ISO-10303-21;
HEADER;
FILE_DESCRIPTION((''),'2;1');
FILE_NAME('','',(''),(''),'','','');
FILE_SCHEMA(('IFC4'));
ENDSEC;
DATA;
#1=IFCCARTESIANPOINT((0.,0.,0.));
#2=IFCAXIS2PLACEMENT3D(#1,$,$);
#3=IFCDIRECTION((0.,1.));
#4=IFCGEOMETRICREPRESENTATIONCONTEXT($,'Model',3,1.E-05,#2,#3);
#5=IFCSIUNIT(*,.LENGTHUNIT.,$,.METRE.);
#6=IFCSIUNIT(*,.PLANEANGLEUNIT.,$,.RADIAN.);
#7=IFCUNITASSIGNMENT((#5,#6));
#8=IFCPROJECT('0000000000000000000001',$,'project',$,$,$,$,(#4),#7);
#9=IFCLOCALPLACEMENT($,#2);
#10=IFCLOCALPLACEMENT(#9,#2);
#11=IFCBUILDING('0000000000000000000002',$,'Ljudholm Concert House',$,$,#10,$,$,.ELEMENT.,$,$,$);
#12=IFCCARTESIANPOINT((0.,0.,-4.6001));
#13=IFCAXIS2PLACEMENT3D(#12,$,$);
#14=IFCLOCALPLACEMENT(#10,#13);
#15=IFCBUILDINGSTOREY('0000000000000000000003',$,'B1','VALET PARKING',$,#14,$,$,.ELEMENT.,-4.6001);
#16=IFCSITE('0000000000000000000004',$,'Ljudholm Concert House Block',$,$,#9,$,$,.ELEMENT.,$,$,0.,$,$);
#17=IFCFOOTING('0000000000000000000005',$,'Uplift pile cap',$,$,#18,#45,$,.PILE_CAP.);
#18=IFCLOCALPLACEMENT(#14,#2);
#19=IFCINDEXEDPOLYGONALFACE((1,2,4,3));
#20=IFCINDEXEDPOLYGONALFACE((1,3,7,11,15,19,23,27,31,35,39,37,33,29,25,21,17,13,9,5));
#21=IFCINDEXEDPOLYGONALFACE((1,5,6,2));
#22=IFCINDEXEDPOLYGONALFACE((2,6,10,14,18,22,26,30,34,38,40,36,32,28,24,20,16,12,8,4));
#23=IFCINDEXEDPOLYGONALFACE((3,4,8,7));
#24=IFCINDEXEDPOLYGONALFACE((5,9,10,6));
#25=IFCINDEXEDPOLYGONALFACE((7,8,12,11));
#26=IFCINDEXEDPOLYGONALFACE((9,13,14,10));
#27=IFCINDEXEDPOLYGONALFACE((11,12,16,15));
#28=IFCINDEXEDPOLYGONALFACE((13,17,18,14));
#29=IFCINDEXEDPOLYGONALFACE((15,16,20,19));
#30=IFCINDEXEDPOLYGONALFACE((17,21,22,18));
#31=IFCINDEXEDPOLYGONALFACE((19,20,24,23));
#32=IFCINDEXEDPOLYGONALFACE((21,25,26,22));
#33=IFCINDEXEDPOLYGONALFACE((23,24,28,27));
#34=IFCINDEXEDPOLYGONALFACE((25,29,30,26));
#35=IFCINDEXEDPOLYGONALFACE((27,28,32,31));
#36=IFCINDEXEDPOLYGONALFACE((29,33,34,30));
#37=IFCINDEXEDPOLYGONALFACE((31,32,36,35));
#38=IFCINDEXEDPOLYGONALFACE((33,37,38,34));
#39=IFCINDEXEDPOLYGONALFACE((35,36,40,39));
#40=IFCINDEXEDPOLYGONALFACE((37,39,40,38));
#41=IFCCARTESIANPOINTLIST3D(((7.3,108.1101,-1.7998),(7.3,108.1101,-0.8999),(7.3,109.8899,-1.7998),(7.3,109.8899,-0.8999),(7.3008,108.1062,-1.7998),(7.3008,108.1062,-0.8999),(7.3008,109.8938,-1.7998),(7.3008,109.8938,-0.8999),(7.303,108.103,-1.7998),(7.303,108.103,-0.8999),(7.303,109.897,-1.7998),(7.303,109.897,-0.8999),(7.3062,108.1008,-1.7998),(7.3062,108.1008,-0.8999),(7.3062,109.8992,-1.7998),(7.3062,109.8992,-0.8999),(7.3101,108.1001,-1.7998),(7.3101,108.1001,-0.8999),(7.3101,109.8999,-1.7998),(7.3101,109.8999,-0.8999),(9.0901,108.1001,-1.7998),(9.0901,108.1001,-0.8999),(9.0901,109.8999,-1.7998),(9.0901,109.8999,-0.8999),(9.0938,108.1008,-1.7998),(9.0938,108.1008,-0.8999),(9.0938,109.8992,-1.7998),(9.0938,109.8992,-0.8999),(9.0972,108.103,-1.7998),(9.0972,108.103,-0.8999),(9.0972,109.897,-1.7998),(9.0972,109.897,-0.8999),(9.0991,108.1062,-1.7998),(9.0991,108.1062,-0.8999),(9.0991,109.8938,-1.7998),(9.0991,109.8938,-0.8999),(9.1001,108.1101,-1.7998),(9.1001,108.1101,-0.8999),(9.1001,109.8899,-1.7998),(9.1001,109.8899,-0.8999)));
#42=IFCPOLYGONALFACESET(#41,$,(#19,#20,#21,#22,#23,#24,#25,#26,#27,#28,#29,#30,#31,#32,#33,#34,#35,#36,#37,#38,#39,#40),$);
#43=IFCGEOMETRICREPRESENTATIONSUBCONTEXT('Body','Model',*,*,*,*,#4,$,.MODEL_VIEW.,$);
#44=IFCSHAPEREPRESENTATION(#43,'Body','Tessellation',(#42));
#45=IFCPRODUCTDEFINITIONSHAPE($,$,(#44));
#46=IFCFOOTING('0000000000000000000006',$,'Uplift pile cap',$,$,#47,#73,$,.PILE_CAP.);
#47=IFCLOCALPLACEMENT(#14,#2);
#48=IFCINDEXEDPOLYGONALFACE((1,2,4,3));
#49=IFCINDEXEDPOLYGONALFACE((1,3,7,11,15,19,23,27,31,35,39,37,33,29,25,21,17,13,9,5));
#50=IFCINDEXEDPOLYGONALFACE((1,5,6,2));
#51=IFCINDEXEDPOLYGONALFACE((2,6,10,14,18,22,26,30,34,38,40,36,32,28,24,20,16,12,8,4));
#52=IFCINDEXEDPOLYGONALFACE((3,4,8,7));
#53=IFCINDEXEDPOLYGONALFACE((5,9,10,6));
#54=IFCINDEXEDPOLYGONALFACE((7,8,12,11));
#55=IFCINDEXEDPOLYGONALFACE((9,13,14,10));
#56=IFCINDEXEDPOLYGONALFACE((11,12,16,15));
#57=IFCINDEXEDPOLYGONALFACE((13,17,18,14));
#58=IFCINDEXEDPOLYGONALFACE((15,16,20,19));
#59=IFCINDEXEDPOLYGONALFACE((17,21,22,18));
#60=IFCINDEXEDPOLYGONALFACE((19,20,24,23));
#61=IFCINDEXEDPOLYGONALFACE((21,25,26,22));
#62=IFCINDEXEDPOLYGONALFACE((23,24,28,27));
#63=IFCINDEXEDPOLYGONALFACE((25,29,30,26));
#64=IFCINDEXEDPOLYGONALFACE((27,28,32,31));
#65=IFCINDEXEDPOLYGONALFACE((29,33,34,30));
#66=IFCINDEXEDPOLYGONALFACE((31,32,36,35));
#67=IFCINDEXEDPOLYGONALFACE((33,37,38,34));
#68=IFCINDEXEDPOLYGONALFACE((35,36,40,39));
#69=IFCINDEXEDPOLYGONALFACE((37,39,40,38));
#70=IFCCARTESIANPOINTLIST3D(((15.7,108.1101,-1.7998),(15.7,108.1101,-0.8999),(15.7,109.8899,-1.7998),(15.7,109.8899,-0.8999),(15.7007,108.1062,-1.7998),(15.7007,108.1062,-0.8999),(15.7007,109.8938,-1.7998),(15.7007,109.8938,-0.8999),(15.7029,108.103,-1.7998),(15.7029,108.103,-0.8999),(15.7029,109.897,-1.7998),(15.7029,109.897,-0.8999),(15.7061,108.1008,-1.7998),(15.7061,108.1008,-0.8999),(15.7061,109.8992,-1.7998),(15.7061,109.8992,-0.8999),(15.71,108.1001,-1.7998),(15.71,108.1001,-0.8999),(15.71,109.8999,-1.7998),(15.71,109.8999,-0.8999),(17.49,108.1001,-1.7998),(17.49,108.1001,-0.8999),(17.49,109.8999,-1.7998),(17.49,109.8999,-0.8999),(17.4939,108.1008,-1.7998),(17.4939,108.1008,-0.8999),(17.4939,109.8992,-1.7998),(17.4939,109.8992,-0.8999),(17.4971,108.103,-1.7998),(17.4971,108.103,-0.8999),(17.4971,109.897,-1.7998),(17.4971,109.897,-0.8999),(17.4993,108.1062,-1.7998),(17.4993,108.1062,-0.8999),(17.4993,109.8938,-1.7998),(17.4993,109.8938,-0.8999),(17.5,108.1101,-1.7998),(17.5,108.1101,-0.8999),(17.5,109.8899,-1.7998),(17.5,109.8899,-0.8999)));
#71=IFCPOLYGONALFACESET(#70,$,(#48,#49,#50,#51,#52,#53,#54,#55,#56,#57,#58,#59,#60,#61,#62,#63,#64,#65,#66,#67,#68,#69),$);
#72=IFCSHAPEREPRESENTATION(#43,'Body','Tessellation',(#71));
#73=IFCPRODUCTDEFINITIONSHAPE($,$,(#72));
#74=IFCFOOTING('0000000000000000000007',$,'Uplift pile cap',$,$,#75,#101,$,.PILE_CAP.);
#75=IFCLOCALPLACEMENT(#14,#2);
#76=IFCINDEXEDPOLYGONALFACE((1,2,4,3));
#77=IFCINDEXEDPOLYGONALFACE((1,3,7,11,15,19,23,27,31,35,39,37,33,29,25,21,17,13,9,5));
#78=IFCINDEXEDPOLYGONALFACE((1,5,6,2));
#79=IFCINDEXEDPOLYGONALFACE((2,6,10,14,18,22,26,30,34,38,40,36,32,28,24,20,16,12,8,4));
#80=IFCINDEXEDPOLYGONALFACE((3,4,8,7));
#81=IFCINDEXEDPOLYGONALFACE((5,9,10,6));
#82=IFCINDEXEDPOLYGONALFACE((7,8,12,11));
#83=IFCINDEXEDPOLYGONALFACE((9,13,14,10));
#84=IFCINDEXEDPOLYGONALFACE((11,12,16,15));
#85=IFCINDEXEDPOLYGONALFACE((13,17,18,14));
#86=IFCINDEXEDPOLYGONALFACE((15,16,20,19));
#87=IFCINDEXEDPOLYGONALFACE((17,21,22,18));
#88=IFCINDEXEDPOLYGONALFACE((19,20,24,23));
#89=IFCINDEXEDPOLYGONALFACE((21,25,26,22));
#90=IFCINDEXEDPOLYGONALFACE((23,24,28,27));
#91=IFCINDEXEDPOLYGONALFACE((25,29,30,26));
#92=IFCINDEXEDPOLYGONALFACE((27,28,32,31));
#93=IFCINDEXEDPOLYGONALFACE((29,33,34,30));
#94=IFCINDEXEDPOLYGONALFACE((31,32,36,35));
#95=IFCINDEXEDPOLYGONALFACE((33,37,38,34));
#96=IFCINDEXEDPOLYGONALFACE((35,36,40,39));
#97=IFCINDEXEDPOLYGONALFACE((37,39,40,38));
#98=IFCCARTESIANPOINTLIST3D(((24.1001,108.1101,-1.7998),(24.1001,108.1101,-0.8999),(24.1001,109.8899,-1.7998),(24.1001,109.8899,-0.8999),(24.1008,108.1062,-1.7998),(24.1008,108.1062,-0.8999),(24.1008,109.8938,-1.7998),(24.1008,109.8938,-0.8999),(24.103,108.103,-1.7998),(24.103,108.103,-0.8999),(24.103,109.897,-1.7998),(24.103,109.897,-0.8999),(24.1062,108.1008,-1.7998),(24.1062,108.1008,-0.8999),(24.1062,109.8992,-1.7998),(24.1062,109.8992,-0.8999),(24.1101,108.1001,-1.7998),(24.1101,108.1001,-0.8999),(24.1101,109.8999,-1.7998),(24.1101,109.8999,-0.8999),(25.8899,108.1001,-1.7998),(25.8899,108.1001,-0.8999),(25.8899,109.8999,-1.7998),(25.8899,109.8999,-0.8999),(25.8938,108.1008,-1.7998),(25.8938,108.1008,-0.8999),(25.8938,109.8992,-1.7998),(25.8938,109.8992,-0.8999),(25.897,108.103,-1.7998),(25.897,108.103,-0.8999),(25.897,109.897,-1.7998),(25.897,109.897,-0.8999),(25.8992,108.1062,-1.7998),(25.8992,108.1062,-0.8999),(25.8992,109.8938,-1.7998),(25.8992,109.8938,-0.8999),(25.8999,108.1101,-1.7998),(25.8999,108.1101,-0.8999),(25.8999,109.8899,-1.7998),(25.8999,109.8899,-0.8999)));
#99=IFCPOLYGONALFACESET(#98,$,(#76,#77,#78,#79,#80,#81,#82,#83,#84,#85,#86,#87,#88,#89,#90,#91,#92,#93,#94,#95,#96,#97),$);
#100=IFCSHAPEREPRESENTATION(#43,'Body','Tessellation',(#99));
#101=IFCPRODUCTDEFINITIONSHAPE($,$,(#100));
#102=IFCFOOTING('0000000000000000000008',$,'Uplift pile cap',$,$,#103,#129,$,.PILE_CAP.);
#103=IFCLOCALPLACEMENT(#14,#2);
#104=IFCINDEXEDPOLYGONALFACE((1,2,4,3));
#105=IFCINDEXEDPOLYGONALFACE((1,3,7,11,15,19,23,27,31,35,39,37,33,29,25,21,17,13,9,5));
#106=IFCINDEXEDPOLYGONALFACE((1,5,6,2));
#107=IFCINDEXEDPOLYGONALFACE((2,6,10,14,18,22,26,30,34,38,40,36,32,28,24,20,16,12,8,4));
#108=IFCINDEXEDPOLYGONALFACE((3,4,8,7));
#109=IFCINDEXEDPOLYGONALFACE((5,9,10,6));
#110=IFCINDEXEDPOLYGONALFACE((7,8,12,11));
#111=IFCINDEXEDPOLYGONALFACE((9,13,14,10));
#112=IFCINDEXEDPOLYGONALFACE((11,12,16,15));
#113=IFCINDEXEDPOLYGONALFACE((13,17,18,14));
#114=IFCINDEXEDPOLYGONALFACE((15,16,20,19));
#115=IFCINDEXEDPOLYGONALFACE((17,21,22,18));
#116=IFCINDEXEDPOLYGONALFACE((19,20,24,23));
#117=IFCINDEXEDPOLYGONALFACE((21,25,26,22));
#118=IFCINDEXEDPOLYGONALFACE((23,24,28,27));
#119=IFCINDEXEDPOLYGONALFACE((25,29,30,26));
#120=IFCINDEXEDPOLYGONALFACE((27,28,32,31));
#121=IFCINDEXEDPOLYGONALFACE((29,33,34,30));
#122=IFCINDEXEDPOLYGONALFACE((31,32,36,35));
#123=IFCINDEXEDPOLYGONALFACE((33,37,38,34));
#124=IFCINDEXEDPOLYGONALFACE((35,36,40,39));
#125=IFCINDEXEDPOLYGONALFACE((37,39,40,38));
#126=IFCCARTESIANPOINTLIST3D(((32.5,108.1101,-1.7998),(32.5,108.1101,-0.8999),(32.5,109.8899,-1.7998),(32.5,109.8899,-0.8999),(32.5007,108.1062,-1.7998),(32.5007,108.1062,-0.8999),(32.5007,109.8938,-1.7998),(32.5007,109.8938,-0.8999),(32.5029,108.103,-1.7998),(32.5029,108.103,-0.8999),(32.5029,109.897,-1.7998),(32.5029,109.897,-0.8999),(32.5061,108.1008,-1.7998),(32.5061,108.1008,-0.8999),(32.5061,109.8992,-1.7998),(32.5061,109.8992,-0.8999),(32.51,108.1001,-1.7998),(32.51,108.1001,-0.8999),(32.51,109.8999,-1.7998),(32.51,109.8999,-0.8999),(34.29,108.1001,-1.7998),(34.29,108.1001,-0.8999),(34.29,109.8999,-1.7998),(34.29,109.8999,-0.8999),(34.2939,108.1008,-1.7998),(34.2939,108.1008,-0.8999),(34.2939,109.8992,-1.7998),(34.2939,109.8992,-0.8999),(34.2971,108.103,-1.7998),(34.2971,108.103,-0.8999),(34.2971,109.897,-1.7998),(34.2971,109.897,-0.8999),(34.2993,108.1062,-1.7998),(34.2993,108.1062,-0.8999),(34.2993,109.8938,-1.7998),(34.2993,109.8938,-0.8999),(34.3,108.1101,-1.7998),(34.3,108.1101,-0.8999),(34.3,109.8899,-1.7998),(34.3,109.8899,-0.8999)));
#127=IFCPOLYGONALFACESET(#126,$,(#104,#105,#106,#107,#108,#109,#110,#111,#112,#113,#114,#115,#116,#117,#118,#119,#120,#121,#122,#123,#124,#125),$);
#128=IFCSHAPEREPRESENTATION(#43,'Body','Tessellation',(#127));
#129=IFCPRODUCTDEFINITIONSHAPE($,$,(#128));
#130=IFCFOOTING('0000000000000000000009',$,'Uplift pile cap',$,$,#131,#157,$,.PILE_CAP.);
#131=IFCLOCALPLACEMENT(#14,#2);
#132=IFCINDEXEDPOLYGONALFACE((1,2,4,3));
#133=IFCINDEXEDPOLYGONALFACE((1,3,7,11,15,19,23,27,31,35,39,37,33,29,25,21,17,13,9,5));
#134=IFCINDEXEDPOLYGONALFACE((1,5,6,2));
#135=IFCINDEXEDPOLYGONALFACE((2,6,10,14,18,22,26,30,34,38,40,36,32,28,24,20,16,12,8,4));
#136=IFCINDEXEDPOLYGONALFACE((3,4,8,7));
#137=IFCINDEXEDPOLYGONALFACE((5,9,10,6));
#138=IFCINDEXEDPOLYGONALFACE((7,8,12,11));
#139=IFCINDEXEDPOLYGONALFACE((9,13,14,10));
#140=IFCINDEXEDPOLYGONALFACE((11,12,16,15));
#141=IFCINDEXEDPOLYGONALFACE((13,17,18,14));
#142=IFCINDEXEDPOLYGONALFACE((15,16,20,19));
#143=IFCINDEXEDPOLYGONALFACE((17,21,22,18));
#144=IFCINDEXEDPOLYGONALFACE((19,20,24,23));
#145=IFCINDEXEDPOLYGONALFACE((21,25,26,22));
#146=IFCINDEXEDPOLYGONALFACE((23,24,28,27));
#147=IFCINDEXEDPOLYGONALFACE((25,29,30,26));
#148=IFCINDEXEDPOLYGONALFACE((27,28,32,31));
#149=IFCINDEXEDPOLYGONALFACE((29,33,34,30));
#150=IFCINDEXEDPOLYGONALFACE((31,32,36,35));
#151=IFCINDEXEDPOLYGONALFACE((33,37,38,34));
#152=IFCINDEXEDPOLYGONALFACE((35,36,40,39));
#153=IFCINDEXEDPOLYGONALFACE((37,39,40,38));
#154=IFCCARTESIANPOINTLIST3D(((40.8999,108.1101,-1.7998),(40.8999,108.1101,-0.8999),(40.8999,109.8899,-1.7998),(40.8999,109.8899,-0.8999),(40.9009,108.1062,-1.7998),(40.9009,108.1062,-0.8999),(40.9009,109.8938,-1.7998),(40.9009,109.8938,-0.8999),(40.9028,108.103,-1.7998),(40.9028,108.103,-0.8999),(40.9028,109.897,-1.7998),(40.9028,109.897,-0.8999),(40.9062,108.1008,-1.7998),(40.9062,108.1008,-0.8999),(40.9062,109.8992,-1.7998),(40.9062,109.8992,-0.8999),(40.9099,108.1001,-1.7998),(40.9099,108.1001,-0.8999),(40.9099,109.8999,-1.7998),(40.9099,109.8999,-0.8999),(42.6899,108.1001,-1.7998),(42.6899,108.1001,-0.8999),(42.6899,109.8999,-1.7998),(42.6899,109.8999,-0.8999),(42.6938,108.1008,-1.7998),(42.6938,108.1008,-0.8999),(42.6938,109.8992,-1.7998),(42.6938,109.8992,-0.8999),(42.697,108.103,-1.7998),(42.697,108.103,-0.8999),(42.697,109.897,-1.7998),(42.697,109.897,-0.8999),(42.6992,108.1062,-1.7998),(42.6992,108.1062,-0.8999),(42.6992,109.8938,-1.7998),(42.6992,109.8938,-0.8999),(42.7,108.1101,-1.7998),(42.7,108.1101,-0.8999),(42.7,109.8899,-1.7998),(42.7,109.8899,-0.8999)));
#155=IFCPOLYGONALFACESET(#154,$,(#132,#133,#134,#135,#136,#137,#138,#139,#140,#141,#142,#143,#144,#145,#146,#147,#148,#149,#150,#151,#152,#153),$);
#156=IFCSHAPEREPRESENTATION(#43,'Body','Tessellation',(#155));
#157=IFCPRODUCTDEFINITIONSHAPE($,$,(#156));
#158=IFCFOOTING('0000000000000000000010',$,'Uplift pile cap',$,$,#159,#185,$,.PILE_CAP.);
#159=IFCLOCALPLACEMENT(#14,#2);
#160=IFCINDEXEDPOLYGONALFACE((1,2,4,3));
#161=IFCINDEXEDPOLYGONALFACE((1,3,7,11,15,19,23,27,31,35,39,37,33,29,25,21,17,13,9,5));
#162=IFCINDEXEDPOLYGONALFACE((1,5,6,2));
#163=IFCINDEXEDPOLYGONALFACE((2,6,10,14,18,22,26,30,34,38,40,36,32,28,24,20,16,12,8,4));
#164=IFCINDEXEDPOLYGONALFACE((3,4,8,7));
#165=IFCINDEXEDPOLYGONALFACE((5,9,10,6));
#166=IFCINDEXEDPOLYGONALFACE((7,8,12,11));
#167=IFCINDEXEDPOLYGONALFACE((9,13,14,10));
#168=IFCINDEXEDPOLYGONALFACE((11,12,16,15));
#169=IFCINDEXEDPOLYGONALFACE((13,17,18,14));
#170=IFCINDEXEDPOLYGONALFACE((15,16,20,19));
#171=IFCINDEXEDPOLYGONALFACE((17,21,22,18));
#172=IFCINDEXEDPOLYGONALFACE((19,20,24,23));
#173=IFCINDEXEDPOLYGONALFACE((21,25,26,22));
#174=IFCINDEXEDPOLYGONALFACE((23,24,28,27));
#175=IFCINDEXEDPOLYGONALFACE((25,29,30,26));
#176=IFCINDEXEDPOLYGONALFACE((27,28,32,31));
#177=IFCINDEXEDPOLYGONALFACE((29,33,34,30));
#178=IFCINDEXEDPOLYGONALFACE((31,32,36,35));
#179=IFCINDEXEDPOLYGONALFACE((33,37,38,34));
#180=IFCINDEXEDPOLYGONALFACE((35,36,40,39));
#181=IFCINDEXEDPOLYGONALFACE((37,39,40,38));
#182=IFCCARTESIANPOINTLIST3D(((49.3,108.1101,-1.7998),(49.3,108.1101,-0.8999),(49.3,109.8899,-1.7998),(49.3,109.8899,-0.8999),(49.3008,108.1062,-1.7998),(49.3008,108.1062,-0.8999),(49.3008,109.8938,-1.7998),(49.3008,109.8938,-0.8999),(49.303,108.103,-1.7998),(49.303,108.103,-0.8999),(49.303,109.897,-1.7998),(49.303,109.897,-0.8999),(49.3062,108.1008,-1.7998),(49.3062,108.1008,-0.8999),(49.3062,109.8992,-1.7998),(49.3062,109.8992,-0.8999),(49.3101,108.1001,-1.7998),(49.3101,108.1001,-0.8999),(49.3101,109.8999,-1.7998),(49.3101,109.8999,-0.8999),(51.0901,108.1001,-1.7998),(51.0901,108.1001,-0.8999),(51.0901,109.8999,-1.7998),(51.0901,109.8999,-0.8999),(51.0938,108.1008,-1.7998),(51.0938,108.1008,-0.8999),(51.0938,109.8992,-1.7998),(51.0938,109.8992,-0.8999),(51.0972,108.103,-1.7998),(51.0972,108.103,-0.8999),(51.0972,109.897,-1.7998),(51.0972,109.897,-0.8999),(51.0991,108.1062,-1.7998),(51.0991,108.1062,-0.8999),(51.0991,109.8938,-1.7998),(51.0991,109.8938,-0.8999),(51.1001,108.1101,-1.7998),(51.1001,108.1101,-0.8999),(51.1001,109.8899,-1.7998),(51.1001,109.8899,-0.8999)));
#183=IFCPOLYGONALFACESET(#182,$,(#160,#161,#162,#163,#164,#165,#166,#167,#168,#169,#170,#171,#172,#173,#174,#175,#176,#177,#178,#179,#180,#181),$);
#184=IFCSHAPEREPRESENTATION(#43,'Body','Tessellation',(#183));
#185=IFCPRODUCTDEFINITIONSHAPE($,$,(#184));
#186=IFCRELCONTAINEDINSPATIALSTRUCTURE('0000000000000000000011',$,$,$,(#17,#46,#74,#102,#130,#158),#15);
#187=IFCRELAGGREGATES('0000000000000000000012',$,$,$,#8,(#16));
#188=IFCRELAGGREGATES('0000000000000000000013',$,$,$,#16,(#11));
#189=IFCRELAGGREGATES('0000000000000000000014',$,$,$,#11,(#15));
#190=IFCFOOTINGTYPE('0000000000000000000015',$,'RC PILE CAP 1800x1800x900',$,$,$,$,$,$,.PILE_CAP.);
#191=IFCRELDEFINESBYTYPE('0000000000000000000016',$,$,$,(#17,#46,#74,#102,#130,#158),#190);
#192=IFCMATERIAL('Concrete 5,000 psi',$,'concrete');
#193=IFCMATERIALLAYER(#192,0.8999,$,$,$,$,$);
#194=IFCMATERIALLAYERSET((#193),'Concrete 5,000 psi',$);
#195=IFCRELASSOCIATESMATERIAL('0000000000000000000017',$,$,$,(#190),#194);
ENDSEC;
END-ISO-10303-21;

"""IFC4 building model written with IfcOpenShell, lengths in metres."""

from ifc_helpers import new_model, si_unit, direction, frame, origin, place, context, subcontext, project, spatial, polyline, outline, extrude, material, layer, layer_set, type_object, element, save


model = new_model("IFC4")

# Units and contexts
model_context = context("Model", 3, precision=1e-05, world=origin(), true_north=direction((0.0, 1.0)))
body_context = subcontext(model_context, "Body", "Model", "MODEL_VIEW")
ifc_project = project(units=[si_unit("LENGTHUNIT", "METRE"), si_unit("PLANEANGLEUNIT", "RADIAN")], contexts=[model_context])

# Site, building, storey
site_placement = place(None, origin())
site = spatial("IfcSite", under=ifc_project, at=site_placement, Name="Ljudholm Concert House Block", CompositionType="ELEMENT", RefElevation=0.0)
building_placement = place(site_placement, origin())
building = spatial("IfcBuilding", under=site, at=building_placement, Name="Ljudholm Concert House", CompositionType="ELEMENT")
storey_placement = place(building_placement, frame((0.0, 0.0, -4.6001)))
storey = spatial("IfcBuildingStorey", under=building, at=storey_placement, Name="B1", Description="VALET PARKING", CompositionType="ELEMENT", Elevation=-4.6001)

# Footings
ifc_material_1 = material(Name="Concrete 5,000 psi", Category="concrete")
ifc_layer_1 = layer(ifc_material_1, 0.8999)
ifc_layer_set_1 = layer_set([ifc_layer_1], Name="Concrete 5,000 psi")
footing_type_1 = type_object("IfcFootingType", Name="RC PILE CAP 1800x1800x900", PredefinedType="PILE_CAP", material=ifc_layer_set_1)
footing_1_placement = place(storey_placement, frame((0.0, 0.0, -1.7998)))
element("IfcFooting", 1, at=footing_1_placement, inside=storey, type_object=footing_type_1, Name="Uplift pile cap", PredefinedType="PILE_CAP", context=body_context, shape_type="SweptSolid", body=[
    extrude(outline(polyline([(7.3101, 108.1001), (9.0901, 108.1001), (9.0938, 108.1008), (9.0972, 108.103), (9.0991, 108.1062), (9.1001, 108.1101), (9.1001, 109.8899), (9.0991, 109.8938), (9.0972, 109.897), (9.0938, 109.8992), (9.0901, 109.8999), (7.3101, 109.8999), (7.3062, 109.8992), (7.303, 109.897), (7.3008, 109.8938), (7.3, 109.8899), (7.3, 108.1101), (7.3008, 108.1062), (7.303, 108.103), (7.3062, 108.1008), (7.3101, 108.1001)])), origin(), (0.0, 0.0, 1.0), 0.8999),
])
footing_2_placement = place(storey_placement, frame((0.0, 0.0, -1.7998)))
element("IfcFooting", 2, at=footing_2_placement, inside=storey, type_object=footing_type_1, Name="Uplift pile cap", PredefinedType="PILE_CAP", context=body_context, shape_type="SweptSolid", body=[
    extrude(outline(polyline([(15.71, 108.1001), (17.49, 108.1001), (17.4939, 108.1008), (17.4971, 108.103), (17.4993, 108.1062), (17.5, 108.1101), (17.5, 109.8899), (17.4993, 109.8938), (17.4971, 109.897), (17.4939, 109.8992), (17.49, 109.8999), (15.71, 109.8999), (15.7061, 109.8992), (15.7029, 109.897), (15.7007, 109.8938), (15.7, 109.8899), (15.7, 108.1101), (15.7007, 108.1062), (15.7029, 108.103), (15.7061, 108.1008), (15.71, 108.1001)])), origin(), (0.0, 0.0, 1.0), 0.8999),
])
footing_3_placement = place(storey_placement, frame((0.0, 0.0, -1.7998)))
element("IfcFooting", 3, at=footing_3_placement, inside=storey, type_object=footing_type_1, Name="Uplift pile cap", PredefinedType="PILE_CAP", context=body_context, shape_type="SweptSolid", body=[
    extrude(outline(polyline([(24.1101, 108.1001), (25.8899, 108.1001), (25.8938, 108.1008), (25.897, 108.103), (25.8992, 108.1062), (25.8999, 108.1101), (25.8999, 109.8899), (25.8992, 109.8938), (25.897, 109.897), (25.8938, 109.8992), (25.8899, 109.8999), (24.1101, 109.8999), (24.1062, 109.8992), (24.103, 109.897), (24.1008, 109.8938), (24.1001, 109.8899), (24.1001, 108.1101), (24.1008, 108.1062), (24.103, 108.103), (24.1062, 108.1008), (24.1101, 108.1001)])), origin(), (0.0, 0.0, 1.0), 0.8999),
])
footing_4_placement = place(storey_placement, frame((0.0, 0.0, -1.7998)))
element("IfcFooting", 4, at=footing_4_placement, inside=storey, type_object=footing_type_1, Name="Uplift pile cap", PredefinedType="PILE_CAP", context=body_context, shape_type="SweptSolid", body=[
    extrude(outline(polyline([(32.51, 108.1001), (34.29, 108.1001), (34.2939, 108.1008), (34.2971, 108.103), (34.2993, 108.1062), (34.3, 108.1101), (34.3, 109.8899), (34.2993, 109.8938), (34.2971, 109.897), (34.2939, 109.8992), (34.29, 109.8999), (32.51, 109.8999), (32.5061, 109.8992), (32.5029, 109.897), (32.5007, 109.8938), (32.5, 109.8899), (32.5, 108.1101), (32.5007, 108.1062), (32.5029, 108.103), (32.5061, 108.1008), (32.51, 108.1001)])), origin(), (0.0, 0.0, 1.0), 0.8999),
])
footing_5_placement = place(storey_placement, frame((0.0, 0.0, -1.7998)))
element("IfcFooting", 5, at=footing_5_placement, inside=storey, type_object=footing_type_1, Name="Uplift pile cap", PredefinedType="PILE_CAP", context=body_context, shape_type="SweptSolid", body=[
    extrude(outline(polyline([(40.9099, 108.1001), (42.6899, 108.1001), (42.6938, 108.1008), (42.697, 108.103), (42.6992, 108.1062), (42.7, 108.1101), (42.7, 109.8899), (42.6992, 109.8938), (42.697, 109.897), (42.6938, 109.8992), (42.6899, 109.8999), (40.9099, 109.8999), (40.9062, 109.8992), (40.9028, 109.897), (40.9009, 109.8938), (40.8999, 109.8899), (40.8999, 108.1101), (40.9009, 108.1062), (40.9028, 108.103), (40.9062, 108.1008), (40.9099, 108.1001)])), origin(), (0.0, 0.0, 1.0), 0.8999),
])
footing_6_placement = place(storey_placement, frame((0.0, 0.0, -1.7998)))
element("IfcFooting", 6, at=footing_6_placement, inside=storey, type_object=footing_type_1, Name="Uplift pile cap", PredefinedType="PILE_CAP", context=body_context, shape_type="SweptSolid", body=[
    extrude(outline(polyline([(49.3101, 108.1001), (51.0901, 108.1001), (51.0938, 108.1008), (51.0972, 108.103), (51.0991, 108.1062), (51.1001, 108.1101), (51.1001, 109.8899), (51.0991, 109.8938), (51.0972, 109.897), (51.0938, 109.8992), (51.0901, 109.8999), (49.3101, 109.8999), (49.3062, 109.8992), (49.303, 109.897), (49.3008, 109.8938), (49.3, 109.8899), (49.3, 108.1101), (49.3008, 108.1062), (49.303, 108.103), (49.3062, 108.1008), (49.3101, 108.1001)])), origin(), (0.0, 0.0, 1.0), 0.8999),
])

save(model, "model.ifc")
